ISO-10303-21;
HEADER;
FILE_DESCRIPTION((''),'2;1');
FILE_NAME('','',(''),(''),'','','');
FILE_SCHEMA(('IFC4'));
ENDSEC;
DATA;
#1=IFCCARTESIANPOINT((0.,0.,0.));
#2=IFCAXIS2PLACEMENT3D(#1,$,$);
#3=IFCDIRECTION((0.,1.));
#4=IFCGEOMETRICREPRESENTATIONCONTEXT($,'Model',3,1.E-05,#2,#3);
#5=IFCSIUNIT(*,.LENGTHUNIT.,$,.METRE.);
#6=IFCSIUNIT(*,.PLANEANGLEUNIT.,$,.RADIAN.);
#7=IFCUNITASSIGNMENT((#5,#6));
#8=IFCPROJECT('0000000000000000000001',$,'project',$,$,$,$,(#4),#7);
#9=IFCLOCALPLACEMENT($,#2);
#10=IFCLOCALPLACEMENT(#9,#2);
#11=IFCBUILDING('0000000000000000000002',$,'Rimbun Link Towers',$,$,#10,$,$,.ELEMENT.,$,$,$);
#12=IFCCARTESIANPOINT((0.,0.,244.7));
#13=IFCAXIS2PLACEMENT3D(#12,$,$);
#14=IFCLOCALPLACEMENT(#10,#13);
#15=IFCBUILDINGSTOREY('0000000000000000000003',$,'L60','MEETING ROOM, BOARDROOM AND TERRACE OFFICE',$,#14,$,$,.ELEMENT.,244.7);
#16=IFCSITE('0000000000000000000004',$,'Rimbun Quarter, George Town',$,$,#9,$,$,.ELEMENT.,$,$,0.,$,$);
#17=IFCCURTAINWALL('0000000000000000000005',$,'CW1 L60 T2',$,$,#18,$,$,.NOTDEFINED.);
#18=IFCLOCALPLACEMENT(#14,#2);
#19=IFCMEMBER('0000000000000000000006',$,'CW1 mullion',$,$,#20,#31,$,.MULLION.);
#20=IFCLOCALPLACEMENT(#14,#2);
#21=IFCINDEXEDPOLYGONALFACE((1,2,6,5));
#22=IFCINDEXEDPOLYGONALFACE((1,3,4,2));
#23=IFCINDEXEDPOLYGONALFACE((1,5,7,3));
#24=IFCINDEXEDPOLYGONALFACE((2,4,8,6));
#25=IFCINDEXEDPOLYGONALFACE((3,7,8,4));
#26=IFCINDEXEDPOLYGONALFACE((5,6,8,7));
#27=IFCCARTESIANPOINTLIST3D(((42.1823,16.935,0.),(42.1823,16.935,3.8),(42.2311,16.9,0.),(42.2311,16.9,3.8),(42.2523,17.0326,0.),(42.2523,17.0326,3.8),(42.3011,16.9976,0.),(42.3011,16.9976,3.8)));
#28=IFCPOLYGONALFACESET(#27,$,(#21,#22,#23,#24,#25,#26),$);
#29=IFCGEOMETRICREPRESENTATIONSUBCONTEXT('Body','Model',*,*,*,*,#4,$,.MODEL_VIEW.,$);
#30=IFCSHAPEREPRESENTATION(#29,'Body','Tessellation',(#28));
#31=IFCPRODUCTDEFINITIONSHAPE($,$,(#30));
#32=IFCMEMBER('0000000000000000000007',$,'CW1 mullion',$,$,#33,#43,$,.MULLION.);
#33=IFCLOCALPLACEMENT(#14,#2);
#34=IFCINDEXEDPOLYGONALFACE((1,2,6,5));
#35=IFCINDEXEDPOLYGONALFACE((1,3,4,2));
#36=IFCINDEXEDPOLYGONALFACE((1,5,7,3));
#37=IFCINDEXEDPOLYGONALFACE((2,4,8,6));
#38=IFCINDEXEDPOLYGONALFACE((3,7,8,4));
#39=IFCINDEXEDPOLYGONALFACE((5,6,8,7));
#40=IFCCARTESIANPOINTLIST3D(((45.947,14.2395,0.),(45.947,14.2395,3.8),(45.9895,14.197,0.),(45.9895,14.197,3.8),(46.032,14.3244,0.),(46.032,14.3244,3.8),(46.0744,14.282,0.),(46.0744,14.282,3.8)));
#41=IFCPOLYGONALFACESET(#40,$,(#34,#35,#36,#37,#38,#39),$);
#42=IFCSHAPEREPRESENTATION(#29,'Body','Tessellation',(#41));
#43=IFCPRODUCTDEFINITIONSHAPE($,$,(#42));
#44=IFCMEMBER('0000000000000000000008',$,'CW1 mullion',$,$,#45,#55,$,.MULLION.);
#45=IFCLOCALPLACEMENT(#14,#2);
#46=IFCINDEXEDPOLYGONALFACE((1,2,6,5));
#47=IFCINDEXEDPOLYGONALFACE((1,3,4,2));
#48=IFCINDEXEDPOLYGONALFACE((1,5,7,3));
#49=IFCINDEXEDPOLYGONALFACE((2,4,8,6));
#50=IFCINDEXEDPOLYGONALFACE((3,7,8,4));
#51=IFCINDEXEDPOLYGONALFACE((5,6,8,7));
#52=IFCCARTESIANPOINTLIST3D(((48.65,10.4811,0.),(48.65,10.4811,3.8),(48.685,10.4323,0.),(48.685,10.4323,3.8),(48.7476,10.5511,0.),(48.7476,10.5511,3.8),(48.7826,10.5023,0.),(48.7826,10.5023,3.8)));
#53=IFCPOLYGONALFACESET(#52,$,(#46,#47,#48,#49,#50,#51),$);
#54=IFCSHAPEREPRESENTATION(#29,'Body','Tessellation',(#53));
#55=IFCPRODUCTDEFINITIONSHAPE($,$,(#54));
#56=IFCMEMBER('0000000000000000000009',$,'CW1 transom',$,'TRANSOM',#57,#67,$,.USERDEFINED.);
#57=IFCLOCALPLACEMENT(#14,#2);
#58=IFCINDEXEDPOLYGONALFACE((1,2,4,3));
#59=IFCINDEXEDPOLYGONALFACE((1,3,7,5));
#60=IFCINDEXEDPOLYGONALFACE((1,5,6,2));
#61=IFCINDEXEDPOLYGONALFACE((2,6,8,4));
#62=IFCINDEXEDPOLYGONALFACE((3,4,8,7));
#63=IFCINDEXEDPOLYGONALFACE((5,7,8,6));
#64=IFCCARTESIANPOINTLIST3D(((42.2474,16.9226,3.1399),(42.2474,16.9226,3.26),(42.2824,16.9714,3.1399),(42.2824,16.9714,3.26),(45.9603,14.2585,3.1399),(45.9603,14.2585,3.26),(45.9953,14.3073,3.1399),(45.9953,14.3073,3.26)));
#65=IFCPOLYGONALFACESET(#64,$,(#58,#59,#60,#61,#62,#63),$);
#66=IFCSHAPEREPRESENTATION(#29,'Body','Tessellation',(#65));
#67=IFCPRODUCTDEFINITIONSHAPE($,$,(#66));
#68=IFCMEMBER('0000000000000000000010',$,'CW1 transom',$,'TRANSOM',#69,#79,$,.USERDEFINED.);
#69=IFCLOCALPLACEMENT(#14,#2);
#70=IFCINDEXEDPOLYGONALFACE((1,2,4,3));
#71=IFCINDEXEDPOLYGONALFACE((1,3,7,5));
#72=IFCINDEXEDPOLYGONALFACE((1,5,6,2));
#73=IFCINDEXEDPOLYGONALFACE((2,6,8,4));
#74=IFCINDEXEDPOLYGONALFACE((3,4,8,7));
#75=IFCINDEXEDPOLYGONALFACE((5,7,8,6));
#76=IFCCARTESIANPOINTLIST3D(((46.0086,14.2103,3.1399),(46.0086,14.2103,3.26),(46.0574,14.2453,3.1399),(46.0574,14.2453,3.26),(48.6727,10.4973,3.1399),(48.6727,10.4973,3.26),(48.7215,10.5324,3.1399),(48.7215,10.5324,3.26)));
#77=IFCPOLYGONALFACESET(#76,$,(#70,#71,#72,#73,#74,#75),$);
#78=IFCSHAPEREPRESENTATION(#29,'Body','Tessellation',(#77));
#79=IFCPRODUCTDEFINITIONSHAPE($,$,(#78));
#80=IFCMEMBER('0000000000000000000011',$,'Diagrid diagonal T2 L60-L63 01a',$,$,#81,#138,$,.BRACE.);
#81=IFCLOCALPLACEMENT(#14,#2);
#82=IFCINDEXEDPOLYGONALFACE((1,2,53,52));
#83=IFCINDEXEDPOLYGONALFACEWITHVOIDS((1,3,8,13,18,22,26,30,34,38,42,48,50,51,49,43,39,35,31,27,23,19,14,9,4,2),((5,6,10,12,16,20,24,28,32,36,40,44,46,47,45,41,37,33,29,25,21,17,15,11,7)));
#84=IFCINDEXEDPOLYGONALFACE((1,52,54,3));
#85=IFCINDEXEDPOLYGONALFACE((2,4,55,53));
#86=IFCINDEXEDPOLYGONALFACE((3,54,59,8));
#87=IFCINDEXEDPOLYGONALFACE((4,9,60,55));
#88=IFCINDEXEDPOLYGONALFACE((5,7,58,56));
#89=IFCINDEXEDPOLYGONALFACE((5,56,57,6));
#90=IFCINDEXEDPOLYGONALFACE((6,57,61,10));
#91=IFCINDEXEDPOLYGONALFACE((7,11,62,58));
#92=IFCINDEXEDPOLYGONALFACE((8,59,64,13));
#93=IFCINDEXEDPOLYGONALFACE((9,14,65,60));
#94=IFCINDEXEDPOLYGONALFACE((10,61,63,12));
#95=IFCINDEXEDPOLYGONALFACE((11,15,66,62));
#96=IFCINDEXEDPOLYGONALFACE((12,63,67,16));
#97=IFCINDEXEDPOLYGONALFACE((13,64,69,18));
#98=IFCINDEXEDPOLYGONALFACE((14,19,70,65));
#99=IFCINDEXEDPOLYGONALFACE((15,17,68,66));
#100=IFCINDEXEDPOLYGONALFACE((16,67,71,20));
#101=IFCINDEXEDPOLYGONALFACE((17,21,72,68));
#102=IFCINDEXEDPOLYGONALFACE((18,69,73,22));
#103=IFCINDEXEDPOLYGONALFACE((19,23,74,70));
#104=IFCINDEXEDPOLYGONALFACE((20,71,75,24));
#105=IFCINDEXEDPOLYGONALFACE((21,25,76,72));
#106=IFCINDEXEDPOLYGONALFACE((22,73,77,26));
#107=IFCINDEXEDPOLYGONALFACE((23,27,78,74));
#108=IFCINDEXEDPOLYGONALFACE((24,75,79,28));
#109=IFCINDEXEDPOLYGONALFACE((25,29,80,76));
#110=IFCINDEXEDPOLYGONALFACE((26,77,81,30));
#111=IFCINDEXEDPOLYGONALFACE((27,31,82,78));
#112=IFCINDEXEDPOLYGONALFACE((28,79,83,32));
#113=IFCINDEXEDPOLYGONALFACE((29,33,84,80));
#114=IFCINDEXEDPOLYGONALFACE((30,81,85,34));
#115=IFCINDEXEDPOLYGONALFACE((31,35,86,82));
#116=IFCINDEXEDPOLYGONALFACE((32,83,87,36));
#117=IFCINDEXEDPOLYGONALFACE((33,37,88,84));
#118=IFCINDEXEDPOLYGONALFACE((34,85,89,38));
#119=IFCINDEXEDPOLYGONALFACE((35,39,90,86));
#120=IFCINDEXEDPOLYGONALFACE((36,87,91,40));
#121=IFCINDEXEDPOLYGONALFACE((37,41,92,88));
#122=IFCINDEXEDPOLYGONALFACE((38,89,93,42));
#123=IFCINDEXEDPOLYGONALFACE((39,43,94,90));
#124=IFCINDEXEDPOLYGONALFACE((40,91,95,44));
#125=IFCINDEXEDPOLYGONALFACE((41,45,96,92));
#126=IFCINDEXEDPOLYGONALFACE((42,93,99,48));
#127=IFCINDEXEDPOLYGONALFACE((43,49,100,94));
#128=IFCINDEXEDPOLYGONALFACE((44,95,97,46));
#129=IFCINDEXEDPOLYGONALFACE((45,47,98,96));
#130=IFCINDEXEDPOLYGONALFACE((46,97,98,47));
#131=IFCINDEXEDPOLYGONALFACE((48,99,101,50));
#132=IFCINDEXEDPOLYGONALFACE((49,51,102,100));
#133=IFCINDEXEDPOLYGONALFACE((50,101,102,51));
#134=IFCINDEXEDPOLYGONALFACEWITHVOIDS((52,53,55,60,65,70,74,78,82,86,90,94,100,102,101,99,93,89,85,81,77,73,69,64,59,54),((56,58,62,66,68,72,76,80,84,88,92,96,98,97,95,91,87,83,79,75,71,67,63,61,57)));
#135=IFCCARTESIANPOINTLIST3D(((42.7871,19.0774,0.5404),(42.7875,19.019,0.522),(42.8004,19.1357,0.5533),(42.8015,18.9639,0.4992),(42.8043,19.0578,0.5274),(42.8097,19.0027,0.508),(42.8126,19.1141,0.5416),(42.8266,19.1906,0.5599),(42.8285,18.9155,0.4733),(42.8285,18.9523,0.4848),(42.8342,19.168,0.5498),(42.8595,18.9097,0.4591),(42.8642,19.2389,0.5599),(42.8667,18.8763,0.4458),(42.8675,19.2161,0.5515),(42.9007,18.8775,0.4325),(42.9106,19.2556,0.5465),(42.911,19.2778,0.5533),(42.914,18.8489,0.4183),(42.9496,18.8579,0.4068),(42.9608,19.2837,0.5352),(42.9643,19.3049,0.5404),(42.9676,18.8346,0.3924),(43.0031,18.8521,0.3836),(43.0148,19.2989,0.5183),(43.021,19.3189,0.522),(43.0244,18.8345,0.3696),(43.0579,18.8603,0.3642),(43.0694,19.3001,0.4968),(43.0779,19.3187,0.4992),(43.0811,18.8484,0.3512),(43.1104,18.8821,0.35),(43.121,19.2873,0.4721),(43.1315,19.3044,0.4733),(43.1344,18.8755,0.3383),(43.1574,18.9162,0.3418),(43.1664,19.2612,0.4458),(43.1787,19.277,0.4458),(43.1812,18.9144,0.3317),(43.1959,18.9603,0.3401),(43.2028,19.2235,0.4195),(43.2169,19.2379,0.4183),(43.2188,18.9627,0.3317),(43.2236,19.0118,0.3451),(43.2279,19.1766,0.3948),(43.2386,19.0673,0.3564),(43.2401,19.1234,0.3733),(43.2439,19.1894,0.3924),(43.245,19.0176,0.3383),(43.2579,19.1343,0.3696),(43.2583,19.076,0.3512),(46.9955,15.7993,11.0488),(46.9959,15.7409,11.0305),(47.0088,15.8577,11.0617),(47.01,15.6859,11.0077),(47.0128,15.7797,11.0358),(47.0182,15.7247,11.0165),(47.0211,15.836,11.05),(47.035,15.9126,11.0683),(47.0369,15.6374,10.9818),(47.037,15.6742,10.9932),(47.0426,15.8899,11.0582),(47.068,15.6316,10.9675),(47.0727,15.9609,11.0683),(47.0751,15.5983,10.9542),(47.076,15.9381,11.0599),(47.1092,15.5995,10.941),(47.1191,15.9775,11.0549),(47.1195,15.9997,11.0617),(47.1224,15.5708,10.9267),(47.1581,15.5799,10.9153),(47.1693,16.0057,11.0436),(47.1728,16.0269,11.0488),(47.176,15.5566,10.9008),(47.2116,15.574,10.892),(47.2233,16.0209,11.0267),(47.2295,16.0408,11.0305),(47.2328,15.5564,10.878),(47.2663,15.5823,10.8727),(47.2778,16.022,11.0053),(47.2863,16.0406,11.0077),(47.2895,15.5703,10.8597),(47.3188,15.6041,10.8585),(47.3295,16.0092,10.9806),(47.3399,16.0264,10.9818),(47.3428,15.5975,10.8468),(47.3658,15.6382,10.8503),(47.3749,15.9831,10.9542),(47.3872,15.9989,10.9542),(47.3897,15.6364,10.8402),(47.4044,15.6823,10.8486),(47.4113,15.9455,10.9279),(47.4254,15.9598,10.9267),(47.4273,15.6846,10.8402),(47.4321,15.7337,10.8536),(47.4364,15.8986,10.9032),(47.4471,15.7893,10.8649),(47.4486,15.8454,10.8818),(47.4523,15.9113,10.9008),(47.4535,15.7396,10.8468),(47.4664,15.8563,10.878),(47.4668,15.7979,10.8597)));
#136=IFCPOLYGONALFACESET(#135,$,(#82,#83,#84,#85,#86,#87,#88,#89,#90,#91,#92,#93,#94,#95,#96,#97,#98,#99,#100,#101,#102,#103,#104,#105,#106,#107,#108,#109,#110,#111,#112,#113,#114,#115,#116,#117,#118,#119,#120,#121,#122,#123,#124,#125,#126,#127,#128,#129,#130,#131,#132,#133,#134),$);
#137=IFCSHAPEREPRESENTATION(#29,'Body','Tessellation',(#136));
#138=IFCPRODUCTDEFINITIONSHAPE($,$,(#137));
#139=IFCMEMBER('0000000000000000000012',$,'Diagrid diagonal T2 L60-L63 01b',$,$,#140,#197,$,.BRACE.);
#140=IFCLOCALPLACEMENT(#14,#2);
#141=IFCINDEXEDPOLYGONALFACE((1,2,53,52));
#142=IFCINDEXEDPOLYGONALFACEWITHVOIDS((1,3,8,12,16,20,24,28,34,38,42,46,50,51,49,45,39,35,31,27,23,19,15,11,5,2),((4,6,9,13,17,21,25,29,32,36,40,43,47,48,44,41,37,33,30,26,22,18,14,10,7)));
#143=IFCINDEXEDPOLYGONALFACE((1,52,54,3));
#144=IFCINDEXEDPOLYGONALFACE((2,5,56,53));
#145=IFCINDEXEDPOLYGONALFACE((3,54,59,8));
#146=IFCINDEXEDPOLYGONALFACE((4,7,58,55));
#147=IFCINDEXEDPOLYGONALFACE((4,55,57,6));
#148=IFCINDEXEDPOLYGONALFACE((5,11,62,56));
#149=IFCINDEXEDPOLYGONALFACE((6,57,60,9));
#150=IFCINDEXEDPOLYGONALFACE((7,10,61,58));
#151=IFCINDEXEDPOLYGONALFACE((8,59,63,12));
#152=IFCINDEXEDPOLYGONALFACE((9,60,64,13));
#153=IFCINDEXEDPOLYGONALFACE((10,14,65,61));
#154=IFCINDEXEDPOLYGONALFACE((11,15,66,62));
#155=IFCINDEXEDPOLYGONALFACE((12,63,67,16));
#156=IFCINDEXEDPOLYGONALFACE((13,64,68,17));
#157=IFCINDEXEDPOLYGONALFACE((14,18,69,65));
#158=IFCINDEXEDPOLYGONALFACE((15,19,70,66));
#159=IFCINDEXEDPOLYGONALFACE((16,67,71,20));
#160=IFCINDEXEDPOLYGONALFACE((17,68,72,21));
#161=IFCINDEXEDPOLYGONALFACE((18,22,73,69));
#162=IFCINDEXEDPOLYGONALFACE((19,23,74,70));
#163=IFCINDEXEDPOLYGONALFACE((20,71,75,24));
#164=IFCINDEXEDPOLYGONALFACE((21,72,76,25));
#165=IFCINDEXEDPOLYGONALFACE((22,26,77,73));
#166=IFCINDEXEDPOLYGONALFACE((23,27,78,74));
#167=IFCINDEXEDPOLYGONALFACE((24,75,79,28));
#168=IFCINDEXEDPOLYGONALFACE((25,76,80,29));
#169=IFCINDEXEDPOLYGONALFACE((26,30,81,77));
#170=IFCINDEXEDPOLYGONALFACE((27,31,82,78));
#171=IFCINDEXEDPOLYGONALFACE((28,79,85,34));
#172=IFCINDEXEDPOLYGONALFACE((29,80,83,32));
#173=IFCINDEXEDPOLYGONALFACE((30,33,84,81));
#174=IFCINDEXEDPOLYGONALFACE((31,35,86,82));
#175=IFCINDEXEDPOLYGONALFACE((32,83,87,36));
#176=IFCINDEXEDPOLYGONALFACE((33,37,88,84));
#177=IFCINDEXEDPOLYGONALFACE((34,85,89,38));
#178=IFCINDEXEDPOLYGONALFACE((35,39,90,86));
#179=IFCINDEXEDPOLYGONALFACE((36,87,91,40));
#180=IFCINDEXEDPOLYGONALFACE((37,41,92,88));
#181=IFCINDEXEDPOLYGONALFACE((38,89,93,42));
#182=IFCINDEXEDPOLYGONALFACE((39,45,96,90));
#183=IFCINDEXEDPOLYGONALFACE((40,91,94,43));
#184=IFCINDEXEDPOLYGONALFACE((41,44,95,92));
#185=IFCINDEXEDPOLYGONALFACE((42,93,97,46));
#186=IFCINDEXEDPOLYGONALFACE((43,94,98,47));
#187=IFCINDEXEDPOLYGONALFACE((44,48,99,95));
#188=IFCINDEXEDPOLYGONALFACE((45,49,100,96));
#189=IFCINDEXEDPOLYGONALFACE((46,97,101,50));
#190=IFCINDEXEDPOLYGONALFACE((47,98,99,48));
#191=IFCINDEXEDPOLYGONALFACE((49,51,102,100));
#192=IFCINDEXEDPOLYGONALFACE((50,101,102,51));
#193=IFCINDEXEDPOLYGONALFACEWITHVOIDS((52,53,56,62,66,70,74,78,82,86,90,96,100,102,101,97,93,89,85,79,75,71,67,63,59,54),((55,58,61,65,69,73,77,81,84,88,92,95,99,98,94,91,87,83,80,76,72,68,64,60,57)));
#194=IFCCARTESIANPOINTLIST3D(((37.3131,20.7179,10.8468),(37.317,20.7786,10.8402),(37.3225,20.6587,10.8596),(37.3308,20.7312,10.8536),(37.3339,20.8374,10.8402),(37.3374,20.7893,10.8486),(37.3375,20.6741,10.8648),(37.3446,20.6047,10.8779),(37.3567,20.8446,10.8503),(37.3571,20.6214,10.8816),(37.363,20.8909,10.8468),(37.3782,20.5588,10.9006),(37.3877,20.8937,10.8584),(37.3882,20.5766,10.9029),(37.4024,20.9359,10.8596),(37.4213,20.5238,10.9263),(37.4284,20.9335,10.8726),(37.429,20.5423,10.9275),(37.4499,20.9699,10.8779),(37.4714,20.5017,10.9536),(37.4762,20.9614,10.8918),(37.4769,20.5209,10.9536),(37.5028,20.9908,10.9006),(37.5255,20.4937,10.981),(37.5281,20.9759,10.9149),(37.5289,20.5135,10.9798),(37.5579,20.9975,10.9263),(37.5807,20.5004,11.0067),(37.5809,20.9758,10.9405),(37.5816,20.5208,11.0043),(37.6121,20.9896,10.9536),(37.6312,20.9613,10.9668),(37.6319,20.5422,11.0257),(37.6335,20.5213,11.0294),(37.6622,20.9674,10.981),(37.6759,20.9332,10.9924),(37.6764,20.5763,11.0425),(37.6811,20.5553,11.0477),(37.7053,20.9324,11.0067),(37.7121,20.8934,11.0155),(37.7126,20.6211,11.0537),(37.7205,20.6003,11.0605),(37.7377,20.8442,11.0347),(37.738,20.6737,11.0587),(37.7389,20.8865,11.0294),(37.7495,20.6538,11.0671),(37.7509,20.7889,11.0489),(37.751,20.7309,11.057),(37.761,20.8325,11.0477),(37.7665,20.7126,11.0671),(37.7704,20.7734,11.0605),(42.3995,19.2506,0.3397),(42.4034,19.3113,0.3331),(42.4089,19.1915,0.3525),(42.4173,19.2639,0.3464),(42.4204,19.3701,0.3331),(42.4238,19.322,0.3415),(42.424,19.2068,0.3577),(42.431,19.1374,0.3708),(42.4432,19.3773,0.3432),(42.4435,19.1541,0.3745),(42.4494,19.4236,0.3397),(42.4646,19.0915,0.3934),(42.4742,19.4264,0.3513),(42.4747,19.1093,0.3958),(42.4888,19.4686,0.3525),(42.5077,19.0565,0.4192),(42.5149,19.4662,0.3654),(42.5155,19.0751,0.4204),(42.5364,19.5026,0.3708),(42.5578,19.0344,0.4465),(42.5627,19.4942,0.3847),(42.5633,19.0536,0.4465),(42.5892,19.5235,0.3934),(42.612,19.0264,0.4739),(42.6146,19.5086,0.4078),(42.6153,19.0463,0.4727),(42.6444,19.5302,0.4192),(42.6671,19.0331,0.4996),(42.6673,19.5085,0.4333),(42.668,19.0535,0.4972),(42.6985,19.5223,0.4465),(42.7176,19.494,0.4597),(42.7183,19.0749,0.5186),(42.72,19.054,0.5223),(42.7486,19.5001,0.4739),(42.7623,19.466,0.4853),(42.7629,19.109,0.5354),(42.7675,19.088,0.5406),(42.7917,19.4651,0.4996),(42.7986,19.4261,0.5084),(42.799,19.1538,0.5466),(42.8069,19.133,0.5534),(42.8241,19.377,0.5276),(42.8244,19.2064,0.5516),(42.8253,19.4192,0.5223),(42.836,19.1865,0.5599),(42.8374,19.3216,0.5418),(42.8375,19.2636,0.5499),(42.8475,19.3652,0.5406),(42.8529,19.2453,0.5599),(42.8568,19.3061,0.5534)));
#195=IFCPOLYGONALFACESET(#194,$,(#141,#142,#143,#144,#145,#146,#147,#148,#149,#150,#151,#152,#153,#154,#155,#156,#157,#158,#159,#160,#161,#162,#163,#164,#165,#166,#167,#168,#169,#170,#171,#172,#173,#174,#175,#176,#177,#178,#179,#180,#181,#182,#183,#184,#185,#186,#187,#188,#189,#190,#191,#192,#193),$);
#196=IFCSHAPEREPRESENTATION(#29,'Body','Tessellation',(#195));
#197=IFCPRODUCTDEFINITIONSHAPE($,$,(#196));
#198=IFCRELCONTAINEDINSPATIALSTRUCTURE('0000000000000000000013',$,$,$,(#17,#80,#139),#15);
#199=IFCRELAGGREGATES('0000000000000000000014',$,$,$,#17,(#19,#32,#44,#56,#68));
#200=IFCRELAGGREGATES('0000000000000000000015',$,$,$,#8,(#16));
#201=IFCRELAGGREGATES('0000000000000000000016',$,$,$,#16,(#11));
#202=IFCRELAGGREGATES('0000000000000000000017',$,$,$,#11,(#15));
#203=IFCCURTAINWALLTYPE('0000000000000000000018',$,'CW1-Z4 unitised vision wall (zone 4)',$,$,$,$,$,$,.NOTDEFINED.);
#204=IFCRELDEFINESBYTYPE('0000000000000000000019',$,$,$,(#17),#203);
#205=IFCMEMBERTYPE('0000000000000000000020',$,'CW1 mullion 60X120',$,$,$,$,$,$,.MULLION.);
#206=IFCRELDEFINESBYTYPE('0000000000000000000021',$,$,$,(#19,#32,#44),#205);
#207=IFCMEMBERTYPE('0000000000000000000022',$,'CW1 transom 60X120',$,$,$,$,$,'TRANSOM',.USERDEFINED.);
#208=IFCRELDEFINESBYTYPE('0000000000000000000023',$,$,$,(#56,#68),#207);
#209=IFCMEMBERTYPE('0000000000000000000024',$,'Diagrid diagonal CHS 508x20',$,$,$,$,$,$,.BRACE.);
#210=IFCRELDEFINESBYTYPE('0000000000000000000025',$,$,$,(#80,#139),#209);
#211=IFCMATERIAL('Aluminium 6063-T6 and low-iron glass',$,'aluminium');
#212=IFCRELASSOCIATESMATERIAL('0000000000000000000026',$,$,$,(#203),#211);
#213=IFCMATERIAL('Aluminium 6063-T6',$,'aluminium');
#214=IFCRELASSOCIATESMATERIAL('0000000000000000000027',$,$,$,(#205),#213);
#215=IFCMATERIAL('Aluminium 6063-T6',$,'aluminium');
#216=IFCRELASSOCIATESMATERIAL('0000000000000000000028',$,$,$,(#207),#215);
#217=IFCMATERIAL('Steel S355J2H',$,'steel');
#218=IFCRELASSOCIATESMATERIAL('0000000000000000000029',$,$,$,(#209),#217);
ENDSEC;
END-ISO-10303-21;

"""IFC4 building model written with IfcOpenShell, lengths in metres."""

from ifc_helpers import new_model, si_unit, direction, frame, origin, origin_2d, place, context, subcontext, project, spatial, rectangle, hollow_circle, extrude, material, material_profile, profile_set, type_object, element, aggregate, save


model = new_model("IFC4")

# Units and contexts
model_context = context("Model", 3, precision=1e-05, world=origin(), true_north=direction((0.0, 1.0)))
body_context = subcontext(model_context, "Body", "Model", "MODEL_VIEW")
ifc_project = project(units=[si_unit("LENGTHUNIT", "METRE"), si_unit("PLANEANGLEUNIT", "RADIAN")], contexts=[model_context])

# Site, building, storey
site_placement = place(None, origin())
site = spatial("IfcSite", under=ifc_project, at=site_placement, Name="Rimbun Quarter, George Town", CompositionType="ELEMENT", RefElevation=0.0)
building_placement = place(site_placement, origin())
building = spatial("IfcBuilding", under=site, at=building_placement, Name="Rimbun Link Towers", CompositionType="ELEMENT")
storey_placement = place(building_placement, frame((0.0, 0.0, 244.7)))
storey = spatial("IfcBuildingStorey", under=building, at=storey_placement, Name="L60", Description="MEETING ROOM, BOARDROOM AND TERRACE OFFICE", CompositionType="ELEMENT", Elevation=244.7)

# Curtain wall, members
ifc_material_1 = material(Name="Aluminium 6063-T6 and low-iron glass", Category="aluminium")
curtain_wall_type = type_object("IfcCurtainWallType", Name="CW1-Z4 unitised vision wall (zone 4)", PredefinedType="NOTDEFINED", material=ifc_material_1)
curtain_wall_placement = place(storey_placement, origin())
curtain_wall = element("IfcCurtainWall", 1, at=curtain_wall_placement, inside=storey, type_object=curtain_wall_type, Name="CW1 L60 T2", PredefinedType="NOTDEFINED")
ifc_material_2 = material(Name="Aluminium 6063-T6", Category="aluminium")
ifc_material_profile_1 = material_profile(ifc_material_2, rectangle(XDim=0.1201, YDim=0.0601, at=origin_2d()), Name="MULLION 60X120")
ifc_profile_set_1 = profile_set([ifc_material_profile_1], Name="Aluminium 6063-T6")
member_type_1 = type_object("IfcMemberType", Name="CW1 mullion 60X120", PredefinedType="MULLION", material=ifc_profile_set_1)
member_1_placement = place(storey_placement, frame((42.2417, 16.9663, 0.0), z_axis=(0.0, 0.0, 1.0), x_axis=(0.583009, 0.812465, 0.0)))
member_1 = element("IfcMember", 2, at=member_1_placement, type_object=member_type_1, Name="CW1 mullion", PredefinedType="MULLION", context=body_context, shape_type="SweptSolid", body=[
    extrude(rectangle(XDim=0.1201, YDim=0.0601, at=origin_2d()), origin(), (0.0, 0.0, 1.0), 3.8),
])
member_2_placement = place(storey_placement, frame((46.0107, 14.2607, 0.0), z_axis=(0.0, 0.0, 1.0), x_axis=(0.707107, 0.707107, 0.0)))
member_2 = element("IfcMember", 3, at=member_2_placement, type_object=member_type_1, Name="CW1 mullion", PredefinedType="MULLION", context=body_context, shape_type="SweptSolid", body=[
    extrude(rectangle(XDim=0.1201, YDim=0.0601, at=origin_2d()), origin(), (0.0, 0.0, 1.0), 3.8),
])
member_3_placement = place(storey_placement, frame((48.7163, 10.4917, 0.0), z_axis=(0.0, 0.0, 1.0), x_axis=(0.812465, 0.583009, 0.0)))
member_3 = element("IfcMember", 4, at=member_3_placement, type_object=member_type_1, Name="CW1 mullion", PredefinedType="MULLION", context=body_context, shape_type="SweptSolid", body=[
    extrude(rectangle(XDim=0.1201, YDim=0.0601, at=origin_2d()), origin(), (0.0, 0.0, 1.0), 3.8),
])
ifc_material_3 = material(Name="Aluminium 6063-T6", Category="aluminium")
ifc_material_profile_2 = material_profile(ifc_material_3, rectangle(XDim=0.0601, YDim=0.1201, at=origin_2d()), Name="TRANSOM 60X120")
ifc_profile_set_2 = profile_set([ifc_material_profile_2], Name="Aluminium 6063-T6")
member_type_2 = type_object("IfcMemberType", Name="CW1 transom 60X120", ElementType="TRANSOM", PredefinedType="USERDEFINED", material=ifc_profile_set_2)
member_4_placement = place(storey_placement, frame((42.2649, 16.947, 3.2), z_axis=(0.81249, -0.582975, 0.0), x_axis=(0.582975, 0.81249, 0.0)))
member_4 = element("IfcMember", 5, at=member_4_placement, type_object=member_type_2, Name="CW1 transom", ObjectType="TRANSOM", PredefinedType="USERDEFINED", context=body_context, shape_type="SweptSolid", body=[
    extrude(rectangle(XDim=0.0601, YDim=0.1201, at=origin_2d()), origin(), (0.0, 0.0, 1.0), 4.5698),
])
member_5_placement = place(storey_placement, frame((46.033, 14.2278, 3.2), z_axis=(0.582975, -0.81249, 0.0), x_axis=(0.81249, 0.582975, 0.0)))
member_5 = element("IfcMember", 6, at=member_5_placement, type_object=member_type_2, Name="CW1 transom", ObjectType="TRANSOM", PredefinedType="USERDEFINED", context=body_context, shape_type="SweptSolid", body=[
    extrude(rectangle(XDim=0.0601, YDim=0.1201, at=origin_2d()), origin(), (0.0, 0.0, 1.0), 4.5698),
])

# Members
ifc_material_4 = material(Name="Steel S355J2H", Category="steel")
ifc_material_profile_3 = material_profile(ifc_material_4, hollow_circle(Radius=0.2539, WallThickness=0.02, at=origin_2d()), Name="Diagrid diagonal CHS 508x20")
ifc_profile_set_3 = profile_set([ifc_material_profile_3], Name="Steel S355J2H")
member_type_3 = type_object("IfcMemberType", Name="Diagrid diagonal CHS 508x20", PredefinedType="BRACE", material=ifc_profile_set_3)
member_6_placement = place(storey_placement, frame((43.0227, 19.0767, 0.4458), z_axis=(0.357105, -0.278156, 0.891687), x_axis=(0.614501, 0.788916, 0.0)))
element("IfcMember", 7, at=member_6_placement, inside=storey, type_object=member_type_3, Name="Diagrid diagonal T2 L60-L63 01a", PredefinedType="BRACE", context=body_context, shape_type="SweptSolid", body=[
    extrude(hollow_circle(Radius=0.2539, WallThickness=0.02, at=origin_2d()), origin(), (0.0, 0.0, 1.0), 11.7849),
])
for number, where, z_axis, x_axis, name in (
    (8, (42.6282, 19.2783, 0.4465), (-0.432323, 0.124712, 0.893053), (-0.277169, -0.960821, 0.0), "Diagrid diagonal T2 L60-L63 01b"),
):
    element("IfcMember", number, at=place(storey_placement, frame(where, z_axis=z_axis, x_axis=x_axis)), inside=storey, type_object=member_type_3, Name=name, PredefinedType="BRACE", context=body_context, shape_type="SweptSolid", body=[
        extrude(hollow_circle(Radius=0.2539, WallThickness=0.02, at=origin_2d()), origin(), (0.0, 0.0, 1.0), 11.7654),
    ])

aggregate(curtain_wall, [member_1, member_2, member_3, member_4, member_5])

save(model, "model.ifc")
